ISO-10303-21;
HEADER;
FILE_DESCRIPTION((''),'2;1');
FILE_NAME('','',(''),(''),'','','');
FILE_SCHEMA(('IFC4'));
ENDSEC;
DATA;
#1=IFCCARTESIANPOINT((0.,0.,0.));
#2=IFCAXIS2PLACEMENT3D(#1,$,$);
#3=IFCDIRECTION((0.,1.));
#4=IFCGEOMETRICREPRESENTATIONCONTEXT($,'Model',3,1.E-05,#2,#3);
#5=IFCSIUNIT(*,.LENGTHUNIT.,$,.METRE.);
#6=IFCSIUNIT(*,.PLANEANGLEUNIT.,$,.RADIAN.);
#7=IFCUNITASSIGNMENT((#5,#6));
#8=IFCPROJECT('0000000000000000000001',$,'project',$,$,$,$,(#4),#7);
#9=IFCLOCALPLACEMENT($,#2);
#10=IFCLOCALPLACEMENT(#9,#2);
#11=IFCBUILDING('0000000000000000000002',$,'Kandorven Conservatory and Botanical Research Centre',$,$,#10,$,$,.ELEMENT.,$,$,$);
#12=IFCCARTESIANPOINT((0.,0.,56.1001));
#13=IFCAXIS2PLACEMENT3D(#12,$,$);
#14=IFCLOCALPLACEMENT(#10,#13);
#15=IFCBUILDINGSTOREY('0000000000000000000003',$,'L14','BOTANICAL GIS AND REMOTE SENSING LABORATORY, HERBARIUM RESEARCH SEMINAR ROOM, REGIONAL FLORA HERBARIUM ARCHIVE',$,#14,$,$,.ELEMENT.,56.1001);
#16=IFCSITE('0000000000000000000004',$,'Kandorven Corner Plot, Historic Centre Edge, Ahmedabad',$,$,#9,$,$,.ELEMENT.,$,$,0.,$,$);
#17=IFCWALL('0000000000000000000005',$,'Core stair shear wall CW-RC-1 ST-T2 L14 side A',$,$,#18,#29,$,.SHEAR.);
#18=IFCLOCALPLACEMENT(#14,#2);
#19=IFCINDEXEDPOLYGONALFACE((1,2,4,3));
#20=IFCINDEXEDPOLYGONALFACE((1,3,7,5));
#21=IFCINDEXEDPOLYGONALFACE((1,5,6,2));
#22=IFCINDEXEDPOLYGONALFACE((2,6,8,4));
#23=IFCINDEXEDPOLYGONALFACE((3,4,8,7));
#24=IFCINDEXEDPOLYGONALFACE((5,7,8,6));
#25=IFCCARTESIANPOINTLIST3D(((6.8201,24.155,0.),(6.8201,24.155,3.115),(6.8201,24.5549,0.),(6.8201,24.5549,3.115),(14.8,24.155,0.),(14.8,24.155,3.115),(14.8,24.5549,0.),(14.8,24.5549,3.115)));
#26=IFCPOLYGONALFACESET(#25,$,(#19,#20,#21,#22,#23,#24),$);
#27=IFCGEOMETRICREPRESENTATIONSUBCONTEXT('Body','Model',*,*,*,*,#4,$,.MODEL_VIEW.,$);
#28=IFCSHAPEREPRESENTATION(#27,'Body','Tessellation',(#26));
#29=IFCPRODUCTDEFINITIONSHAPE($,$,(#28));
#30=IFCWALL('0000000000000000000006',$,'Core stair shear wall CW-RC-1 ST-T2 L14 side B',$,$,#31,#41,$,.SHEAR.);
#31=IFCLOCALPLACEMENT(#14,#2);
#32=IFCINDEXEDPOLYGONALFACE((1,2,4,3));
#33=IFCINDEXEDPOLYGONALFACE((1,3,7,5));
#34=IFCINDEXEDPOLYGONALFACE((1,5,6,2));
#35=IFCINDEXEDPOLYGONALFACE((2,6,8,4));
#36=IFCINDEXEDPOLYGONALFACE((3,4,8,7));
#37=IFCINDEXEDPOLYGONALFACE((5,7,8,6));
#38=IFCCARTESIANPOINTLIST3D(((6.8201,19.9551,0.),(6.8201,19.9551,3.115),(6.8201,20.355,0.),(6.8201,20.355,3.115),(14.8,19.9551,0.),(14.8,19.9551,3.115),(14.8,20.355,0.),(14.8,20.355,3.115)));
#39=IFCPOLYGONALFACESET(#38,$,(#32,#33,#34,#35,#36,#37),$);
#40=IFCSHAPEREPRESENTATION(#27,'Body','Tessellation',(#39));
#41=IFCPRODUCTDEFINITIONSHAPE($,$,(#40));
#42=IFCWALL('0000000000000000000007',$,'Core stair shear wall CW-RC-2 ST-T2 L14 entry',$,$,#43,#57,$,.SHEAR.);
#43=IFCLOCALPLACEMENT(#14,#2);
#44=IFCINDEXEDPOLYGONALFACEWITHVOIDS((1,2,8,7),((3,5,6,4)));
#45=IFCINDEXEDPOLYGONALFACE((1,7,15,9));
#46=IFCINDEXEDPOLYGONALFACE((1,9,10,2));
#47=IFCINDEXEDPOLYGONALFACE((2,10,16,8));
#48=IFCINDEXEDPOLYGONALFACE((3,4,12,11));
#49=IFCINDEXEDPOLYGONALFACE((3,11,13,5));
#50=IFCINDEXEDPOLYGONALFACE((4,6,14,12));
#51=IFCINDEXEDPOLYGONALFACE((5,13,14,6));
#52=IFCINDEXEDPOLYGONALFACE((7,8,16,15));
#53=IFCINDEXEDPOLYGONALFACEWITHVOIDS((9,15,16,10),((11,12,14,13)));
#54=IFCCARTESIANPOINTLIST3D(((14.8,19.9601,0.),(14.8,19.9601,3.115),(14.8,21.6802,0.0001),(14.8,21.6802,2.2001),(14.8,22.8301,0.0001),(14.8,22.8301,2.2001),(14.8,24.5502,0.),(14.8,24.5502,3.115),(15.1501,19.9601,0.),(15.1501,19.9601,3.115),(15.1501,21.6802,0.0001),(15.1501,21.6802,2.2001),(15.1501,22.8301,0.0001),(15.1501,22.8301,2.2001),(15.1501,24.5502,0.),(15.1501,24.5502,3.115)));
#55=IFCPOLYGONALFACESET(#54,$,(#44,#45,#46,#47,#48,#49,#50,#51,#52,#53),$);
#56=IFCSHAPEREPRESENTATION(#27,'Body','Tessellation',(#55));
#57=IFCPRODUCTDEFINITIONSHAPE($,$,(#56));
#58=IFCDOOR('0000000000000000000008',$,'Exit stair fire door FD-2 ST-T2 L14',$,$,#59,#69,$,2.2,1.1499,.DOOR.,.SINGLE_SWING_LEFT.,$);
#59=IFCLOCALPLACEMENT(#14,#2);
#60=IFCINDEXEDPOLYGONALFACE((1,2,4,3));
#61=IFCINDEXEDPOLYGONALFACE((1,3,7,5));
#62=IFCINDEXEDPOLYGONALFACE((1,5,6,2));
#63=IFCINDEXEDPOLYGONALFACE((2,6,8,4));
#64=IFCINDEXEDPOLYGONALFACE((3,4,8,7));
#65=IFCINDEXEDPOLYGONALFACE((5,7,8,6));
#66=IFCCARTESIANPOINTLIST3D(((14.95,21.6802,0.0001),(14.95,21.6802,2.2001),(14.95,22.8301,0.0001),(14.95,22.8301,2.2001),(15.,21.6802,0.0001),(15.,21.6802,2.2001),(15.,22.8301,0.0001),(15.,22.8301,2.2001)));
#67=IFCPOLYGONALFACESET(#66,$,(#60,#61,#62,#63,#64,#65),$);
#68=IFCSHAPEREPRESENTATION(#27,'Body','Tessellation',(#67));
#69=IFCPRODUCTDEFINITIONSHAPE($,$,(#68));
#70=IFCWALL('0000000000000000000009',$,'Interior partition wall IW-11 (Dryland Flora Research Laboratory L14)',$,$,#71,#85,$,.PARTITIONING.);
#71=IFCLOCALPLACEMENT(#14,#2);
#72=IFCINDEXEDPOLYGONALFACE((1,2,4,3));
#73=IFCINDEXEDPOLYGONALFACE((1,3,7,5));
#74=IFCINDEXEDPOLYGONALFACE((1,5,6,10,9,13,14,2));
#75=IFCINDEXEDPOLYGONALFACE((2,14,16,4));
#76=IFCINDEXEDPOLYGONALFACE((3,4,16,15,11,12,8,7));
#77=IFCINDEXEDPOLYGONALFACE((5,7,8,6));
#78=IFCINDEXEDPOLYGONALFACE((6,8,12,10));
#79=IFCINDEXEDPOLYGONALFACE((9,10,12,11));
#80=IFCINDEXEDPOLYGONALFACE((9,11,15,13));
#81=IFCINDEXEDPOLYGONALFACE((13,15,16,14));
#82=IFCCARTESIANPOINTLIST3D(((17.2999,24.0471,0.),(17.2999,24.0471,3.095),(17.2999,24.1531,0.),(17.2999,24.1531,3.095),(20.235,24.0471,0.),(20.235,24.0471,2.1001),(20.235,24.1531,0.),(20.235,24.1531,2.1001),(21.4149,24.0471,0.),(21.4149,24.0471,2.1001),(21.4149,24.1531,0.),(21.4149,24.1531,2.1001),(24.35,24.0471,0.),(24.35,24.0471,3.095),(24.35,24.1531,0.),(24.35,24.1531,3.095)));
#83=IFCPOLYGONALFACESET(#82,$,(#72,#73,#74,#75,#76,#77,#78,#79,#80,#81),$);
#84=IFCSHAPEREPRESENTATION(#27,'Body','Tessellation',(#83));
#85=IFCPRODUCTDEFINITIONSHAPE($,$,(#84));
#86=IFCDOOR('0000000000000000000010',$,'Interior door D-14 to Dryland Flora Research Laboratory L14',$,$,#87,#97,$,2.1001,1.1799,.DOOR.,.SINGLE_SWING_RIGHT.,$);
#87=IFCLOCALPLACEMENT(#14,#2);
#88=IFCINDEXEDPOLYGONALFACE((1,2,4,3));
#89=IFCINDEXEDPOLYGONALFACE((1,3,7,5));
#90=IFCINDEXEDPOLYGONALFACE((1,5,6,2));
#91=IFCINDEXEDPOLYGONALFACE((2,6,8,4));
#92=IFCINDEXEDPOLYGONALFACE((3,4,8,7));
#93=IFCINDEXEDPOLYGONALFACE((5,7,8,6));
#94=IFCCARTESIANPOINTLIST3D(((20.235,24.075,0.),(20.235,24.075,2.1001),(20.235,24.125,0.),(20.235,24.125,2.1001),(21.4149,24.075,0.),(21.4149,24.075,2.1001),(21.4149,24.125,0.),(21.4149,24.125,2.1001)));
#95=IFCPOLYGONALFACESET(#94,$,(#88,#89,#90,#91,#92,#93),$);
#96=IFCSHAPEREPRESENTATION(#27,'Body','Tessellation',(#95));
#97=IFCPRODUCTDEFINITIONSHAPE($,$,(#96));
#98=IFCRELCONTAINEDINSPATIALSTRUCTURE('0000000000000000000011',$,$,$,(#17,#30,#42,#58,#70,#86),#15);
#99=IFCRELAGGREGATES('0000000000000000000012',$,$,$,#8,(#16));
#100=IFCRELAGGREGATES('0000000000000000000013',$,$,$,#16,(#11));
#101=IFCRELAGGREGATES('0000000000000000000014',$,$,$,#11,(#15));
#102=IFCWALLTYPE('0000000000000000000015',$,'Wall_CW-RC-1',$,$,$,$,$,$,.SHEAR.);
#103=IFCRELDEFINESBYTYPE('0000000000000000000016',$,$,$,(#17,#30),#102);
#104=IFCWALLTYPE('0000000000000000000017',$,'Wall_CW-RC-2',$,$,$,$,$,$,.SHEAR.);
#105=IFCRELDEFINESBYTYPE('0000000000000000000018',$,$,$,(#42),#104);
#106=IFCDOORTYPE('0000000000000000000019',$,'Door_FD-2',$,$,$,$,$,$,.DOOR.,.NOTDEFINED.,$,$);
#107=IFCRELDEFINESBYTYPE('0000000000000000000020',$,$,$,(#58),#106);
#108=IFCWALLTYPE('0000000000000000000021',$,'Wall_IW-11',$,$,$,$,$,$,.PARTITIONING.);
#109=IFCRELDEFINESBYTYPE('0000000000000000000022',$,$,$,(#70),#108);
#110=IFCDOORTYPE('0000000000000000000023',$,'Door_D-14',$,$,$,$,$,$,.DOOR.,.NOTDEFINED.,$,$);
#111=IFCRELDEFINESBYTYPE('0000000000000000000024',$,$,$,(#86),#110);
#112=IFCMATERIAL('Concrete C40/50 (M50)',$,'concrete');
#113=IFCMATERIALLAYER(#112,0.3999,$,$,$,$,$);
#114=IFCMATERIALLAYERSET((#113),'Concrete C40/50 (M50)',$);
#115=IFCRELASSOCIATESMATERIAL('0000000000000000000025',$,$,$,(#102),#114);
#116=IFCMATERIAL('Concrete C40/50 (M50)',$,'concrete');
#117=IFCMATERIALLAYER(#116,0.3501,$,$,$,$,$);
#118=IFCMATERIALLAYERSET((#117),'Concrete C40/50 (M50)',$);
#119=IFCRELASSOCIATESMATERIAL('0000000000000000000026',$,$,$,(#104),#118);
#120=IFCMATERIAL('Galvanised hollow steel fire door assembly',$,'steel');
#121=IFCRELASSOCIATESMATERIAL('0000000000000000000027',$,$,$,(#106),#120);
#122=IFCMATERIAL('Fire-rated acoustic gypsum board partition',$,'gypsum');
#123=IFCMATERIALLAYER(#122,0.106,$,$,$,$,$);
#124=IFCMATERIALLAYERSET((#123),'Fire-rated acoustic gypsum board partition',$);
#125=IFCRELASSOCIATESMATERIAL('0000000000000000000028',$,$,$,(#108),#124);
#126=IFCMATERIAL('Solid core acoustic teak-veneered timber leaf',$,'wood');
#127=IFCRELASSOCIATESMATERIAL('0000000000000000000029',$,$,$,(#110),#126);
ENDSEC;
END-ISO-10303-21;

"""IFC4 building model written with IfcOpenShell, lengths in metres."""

from ifc_helpers import new_model, si_unit, direction, frame, frame_2d, origin, place, context, subcontext, project, spatial, rectangle, extrude, material, layer, layer_set, type_object, element, fill, save


model = new_model("IFC4")

# Units and contexts
model_context = context("Model", 3, precision=1e-05, world=origin(), true_north=direction((0.0, 1.0)))
body_context = subcontext(model_context, "Body", "Model", "MODEL_VIEW")
ifc_project = project(units=[si_unit("LENGTHUNIT", "METRE"), si_unit("PLANEANGLEUNIT", "RADIAN")], contexts=[model_context])

# Site, building, storey
site_placement = place(None, origin())
site = spatial("IfcSite", under=ifc_project, at=site_placement, Name="Kandorven Corner Plot, Historic Centre Edge, Ahmedabad", CompositionType="ELEMENT", RefElevation=0.0)
building_placement = place(site_placement, origin())
building = spatial("IfcBuilding", under=site, at=building_placement, Name="Kandorven Conservatory and Botanical Research Centre", CompositionType="ELEMENT")
storey_placement = place(building_placement, frame((0.0, 0.0, 56.1001)))
storey = spatial("IfcBuildingStorey", under=building, at=storey_placement, Name="L14", Description="BOTANICAL GIS AND REMOTE SENSING LABORATORY, HERBARIUM RESEARCH SEMINAR ROOM, REGIONAL FLORA HERBARIUM ARCHIVE", CompositionType="ELEMENT", Elevation=56.1001)

# Walls
ifc_material_1 = material(Name="Concrete C40/50 (M50)", Category="concrete")
ifc_layer_1 = layer(ifc_material_1, 0.3999)
ifc_layer_set_1 = layer_set([ifc_layer_1], Name="Concrete C40/50 (M50)")
wall_type_1 = type_object("IfcWallType", Name="Wall_CW-RC-1", PredefinedType="SHEAR", material=ifc_layer_set_1)
for number, where, z_axis, x_axis, name in (
    (1, (14.8, 24.355, 0.0), (0.0, 0.0, 1.0), (-1.0, 0.0, 0.0), "Core stair shear wall CW-RC-1 ST-T2 L14 side A"),
    (2, (14.8, 20.155, 0.0), (0.0, 0.0, 1.0), (-1.0, 0.0, 0.0), "Core stair shear wall CW-RC-1 ST-T2 L14 side B"),
):
    element("IfcWall", number, at=place(storey_placement, frame(where, z_axis=z_axis, x_axis=x_axis)), inside=storey, type_object=wall_type_1, Name=name, PredefinedType="SHEAR", context=body_context, shape_type="SweptSolid", body=[
        extrude(rectangle(XDim=7.98, YDim=0.3999, at=frame_2d((3.99, 0.0))), origin(), (0.0, 0.0, 1.0), 3.115),
    ])

# Walls, openings, doors
ifc_material_2 = material(Name="Concrete C40/50 (M50)", Category="concrete")
ifc_layer_2 = layer(ifc_material_2, 0.3501)
ifc_layer_set_2 = layer_set([ifc_layer_2], Name="Concrete C40/50 (M50)")
wall_type_2 = type_object("IfcWallType", Name="Wall_CW-RC-2", PredefinedType="SHEAR", material=ifc_layer_set_2)
wall_1_placement = place(storey_placement, frame((14.9751, 24.55, 0.0), z_axis=(0.0, 0.0, 1.0), x_axis=(0.0, -1.0, 0.0)))
wall_1 = element("IfcWall", 3, at=wall_1_placement, inside=storey, type_object=wall_type_2, Name="Core stair shear wall CW-RC-2 ST-T2 L14 entry", PredefinedType="SHEAR", context=body_context, shape_type="SweptSolid", body=[
    extrude(rectangle(XDim=4.5901, YDim=0.3501, at=frame_2d((2.2949, 0.0))), origin(), (0.0, 0.0, 1.0), 3.115),
])
opening_1_placement = place(wall_1_placement, frame((1.72, 0.0, 0.0)))
opening_1 = element("IfcOpeningElement", 4, at=opening_1_placement, cuts=wall_1, PredefinedType="OPENING", context=body_context, shape_type="SweptSolid", body=[
    extrude(rectangle(XDim=1.1499, YDim=2.2, at=frame_2d((0.575, 1.1001))), frame((0.0, 0.1851, 0.0), z_axis=(0.0, -1.0, 0.0), x_axis=(1.0, 0.0, 0.0)), (0.0, 0.0, 1.0), 0.3701),
])
ifc_material_3 = material(Name="Galvanised hollow steel fire door assembly", Category="steel")
door_type_1 = type_object("IfcDoorType", Name="Door_FD-2", OperationType="NOTDEFINED", PredefinedType="DOOR", material=ifc_material_3)
door_1_placement = place(opening_1_placement, origin())
door_1 = element("IfcDoor", 5, at=door_1_placement, inside=storey, type_object=door_type_1, Name="Exit stair fire door FD-2 ST-T2 L14", OperationType="SINGLE_SWING_LEFT", OverallHeight=2.2, OverallWidth=1.1499, PredefinedType="DOOR", context=body_context, shape_type="SweptSolid", body=[
    extrude(rectangle(XDim=1.1499, YDim=2.2, at=frame_2d((0.575, 1.1001))), frame((0.0, 0.0249, 0.0), z_axis=(0.0, -1.0, 0.0), x_axis=(1.0, 0.0, 0.0)), (0.0, 0.0, 1.0), 0.05),
])
fill(opening_1, door_1)
ifc_material_4 = material(Name="Fire-rated acoustic gypsum board partition", Category="gypsum")
ifc_layer_3 = layer(ifc_material_4, 0.106)
ifc_layer_set_3 = layer_set([ifc_layer_3], Name="Fire-rated acoustic gypsum board partition")
wall_type_3 = type_object("IfcWallType", Name="Wall_IW-11", PredefinedType="PARTITIONING", material=ifc_layer_set_3)
wall_2_placement = place(storey_placement, frame((17.3, 24.1001, 0.0), z_axis=(0.0, 0.0, 1.0), x_axis=(1.0, 0.0, 0.0)))
wall_2 = element("IfcWall", 6, at=wall_2_placement, inside=storey, type_object=wall_type_3, Name="Interior partition wall IW-11 (Dryland Flora Research Laboratory L14)", PredefinedType="PARTITIONING", context=body_context, shape_type="SweptSolid", body=[
    extrude(rectangle(XDim=7.05, YDim=0.106, at=frame_2d((3.5249, 0.0))), origin(), (0.0, 0.0, 1.0), 3.095),
])
opening_2_placement = place(wall_2_placement, frame((2.9351, 0.0, 0.0)))
opening_2 = element("IfcOpeningElement", 7, at=opening_2_placement, cuts=wall_2, PredefinedType="OPENING", context=body_context, shape_type="SweptSolid", body=[
    extrude(rectangle(XDim=1.1799, YDim=2.1001, at=frame_2d((0.5898, 1.05))), frame((0.0, 0.063, 0.0), z_axis=(0.0, -1.0, 0.0), x_axis=(1.0, 0.0, 0.0)), (0.0, 0.0, 1.0), 0.126),
])
ifc_material_5 = material(Name="Solid core acoustic teak-veneered timber leaf", Category="wood")
door_type_2 = type_object("IfcDoorType", Name="Door_D-14", OperationType="NOTDEFINED", PredefinedType="DOOR", material=ifc_material_5)
door_2_placement = place(opening_2_placement, origin())
door_2 = element("IfcDoor", 8, at=door_2_placement, inside=storey, type_object=door_type_2, Name="Interior door D-14 to Dryland Flora Research Laboratory L14", OperationType="SINGLE_SWING_RIGHT", OverallHeight=2.1001, OverallWidth=1.1799, PredefinedType="DOOR", context=body_context, shape_type="SweptSolid", body=[
    extrude(rectangle(XDim=1.1799, YDim=2.1001, at=frame_2d((0.5898, 1.05))), frame((0.0, 0.0249, 0.0), z_axis=(0.0, -1.0, 0.0), x_axis=(1.0, 0.0, 0.0)), (0.0, 0.0, 1.0), 0.05),
])
fill(opening_2, door_2)

save(model, "model.ifc")
